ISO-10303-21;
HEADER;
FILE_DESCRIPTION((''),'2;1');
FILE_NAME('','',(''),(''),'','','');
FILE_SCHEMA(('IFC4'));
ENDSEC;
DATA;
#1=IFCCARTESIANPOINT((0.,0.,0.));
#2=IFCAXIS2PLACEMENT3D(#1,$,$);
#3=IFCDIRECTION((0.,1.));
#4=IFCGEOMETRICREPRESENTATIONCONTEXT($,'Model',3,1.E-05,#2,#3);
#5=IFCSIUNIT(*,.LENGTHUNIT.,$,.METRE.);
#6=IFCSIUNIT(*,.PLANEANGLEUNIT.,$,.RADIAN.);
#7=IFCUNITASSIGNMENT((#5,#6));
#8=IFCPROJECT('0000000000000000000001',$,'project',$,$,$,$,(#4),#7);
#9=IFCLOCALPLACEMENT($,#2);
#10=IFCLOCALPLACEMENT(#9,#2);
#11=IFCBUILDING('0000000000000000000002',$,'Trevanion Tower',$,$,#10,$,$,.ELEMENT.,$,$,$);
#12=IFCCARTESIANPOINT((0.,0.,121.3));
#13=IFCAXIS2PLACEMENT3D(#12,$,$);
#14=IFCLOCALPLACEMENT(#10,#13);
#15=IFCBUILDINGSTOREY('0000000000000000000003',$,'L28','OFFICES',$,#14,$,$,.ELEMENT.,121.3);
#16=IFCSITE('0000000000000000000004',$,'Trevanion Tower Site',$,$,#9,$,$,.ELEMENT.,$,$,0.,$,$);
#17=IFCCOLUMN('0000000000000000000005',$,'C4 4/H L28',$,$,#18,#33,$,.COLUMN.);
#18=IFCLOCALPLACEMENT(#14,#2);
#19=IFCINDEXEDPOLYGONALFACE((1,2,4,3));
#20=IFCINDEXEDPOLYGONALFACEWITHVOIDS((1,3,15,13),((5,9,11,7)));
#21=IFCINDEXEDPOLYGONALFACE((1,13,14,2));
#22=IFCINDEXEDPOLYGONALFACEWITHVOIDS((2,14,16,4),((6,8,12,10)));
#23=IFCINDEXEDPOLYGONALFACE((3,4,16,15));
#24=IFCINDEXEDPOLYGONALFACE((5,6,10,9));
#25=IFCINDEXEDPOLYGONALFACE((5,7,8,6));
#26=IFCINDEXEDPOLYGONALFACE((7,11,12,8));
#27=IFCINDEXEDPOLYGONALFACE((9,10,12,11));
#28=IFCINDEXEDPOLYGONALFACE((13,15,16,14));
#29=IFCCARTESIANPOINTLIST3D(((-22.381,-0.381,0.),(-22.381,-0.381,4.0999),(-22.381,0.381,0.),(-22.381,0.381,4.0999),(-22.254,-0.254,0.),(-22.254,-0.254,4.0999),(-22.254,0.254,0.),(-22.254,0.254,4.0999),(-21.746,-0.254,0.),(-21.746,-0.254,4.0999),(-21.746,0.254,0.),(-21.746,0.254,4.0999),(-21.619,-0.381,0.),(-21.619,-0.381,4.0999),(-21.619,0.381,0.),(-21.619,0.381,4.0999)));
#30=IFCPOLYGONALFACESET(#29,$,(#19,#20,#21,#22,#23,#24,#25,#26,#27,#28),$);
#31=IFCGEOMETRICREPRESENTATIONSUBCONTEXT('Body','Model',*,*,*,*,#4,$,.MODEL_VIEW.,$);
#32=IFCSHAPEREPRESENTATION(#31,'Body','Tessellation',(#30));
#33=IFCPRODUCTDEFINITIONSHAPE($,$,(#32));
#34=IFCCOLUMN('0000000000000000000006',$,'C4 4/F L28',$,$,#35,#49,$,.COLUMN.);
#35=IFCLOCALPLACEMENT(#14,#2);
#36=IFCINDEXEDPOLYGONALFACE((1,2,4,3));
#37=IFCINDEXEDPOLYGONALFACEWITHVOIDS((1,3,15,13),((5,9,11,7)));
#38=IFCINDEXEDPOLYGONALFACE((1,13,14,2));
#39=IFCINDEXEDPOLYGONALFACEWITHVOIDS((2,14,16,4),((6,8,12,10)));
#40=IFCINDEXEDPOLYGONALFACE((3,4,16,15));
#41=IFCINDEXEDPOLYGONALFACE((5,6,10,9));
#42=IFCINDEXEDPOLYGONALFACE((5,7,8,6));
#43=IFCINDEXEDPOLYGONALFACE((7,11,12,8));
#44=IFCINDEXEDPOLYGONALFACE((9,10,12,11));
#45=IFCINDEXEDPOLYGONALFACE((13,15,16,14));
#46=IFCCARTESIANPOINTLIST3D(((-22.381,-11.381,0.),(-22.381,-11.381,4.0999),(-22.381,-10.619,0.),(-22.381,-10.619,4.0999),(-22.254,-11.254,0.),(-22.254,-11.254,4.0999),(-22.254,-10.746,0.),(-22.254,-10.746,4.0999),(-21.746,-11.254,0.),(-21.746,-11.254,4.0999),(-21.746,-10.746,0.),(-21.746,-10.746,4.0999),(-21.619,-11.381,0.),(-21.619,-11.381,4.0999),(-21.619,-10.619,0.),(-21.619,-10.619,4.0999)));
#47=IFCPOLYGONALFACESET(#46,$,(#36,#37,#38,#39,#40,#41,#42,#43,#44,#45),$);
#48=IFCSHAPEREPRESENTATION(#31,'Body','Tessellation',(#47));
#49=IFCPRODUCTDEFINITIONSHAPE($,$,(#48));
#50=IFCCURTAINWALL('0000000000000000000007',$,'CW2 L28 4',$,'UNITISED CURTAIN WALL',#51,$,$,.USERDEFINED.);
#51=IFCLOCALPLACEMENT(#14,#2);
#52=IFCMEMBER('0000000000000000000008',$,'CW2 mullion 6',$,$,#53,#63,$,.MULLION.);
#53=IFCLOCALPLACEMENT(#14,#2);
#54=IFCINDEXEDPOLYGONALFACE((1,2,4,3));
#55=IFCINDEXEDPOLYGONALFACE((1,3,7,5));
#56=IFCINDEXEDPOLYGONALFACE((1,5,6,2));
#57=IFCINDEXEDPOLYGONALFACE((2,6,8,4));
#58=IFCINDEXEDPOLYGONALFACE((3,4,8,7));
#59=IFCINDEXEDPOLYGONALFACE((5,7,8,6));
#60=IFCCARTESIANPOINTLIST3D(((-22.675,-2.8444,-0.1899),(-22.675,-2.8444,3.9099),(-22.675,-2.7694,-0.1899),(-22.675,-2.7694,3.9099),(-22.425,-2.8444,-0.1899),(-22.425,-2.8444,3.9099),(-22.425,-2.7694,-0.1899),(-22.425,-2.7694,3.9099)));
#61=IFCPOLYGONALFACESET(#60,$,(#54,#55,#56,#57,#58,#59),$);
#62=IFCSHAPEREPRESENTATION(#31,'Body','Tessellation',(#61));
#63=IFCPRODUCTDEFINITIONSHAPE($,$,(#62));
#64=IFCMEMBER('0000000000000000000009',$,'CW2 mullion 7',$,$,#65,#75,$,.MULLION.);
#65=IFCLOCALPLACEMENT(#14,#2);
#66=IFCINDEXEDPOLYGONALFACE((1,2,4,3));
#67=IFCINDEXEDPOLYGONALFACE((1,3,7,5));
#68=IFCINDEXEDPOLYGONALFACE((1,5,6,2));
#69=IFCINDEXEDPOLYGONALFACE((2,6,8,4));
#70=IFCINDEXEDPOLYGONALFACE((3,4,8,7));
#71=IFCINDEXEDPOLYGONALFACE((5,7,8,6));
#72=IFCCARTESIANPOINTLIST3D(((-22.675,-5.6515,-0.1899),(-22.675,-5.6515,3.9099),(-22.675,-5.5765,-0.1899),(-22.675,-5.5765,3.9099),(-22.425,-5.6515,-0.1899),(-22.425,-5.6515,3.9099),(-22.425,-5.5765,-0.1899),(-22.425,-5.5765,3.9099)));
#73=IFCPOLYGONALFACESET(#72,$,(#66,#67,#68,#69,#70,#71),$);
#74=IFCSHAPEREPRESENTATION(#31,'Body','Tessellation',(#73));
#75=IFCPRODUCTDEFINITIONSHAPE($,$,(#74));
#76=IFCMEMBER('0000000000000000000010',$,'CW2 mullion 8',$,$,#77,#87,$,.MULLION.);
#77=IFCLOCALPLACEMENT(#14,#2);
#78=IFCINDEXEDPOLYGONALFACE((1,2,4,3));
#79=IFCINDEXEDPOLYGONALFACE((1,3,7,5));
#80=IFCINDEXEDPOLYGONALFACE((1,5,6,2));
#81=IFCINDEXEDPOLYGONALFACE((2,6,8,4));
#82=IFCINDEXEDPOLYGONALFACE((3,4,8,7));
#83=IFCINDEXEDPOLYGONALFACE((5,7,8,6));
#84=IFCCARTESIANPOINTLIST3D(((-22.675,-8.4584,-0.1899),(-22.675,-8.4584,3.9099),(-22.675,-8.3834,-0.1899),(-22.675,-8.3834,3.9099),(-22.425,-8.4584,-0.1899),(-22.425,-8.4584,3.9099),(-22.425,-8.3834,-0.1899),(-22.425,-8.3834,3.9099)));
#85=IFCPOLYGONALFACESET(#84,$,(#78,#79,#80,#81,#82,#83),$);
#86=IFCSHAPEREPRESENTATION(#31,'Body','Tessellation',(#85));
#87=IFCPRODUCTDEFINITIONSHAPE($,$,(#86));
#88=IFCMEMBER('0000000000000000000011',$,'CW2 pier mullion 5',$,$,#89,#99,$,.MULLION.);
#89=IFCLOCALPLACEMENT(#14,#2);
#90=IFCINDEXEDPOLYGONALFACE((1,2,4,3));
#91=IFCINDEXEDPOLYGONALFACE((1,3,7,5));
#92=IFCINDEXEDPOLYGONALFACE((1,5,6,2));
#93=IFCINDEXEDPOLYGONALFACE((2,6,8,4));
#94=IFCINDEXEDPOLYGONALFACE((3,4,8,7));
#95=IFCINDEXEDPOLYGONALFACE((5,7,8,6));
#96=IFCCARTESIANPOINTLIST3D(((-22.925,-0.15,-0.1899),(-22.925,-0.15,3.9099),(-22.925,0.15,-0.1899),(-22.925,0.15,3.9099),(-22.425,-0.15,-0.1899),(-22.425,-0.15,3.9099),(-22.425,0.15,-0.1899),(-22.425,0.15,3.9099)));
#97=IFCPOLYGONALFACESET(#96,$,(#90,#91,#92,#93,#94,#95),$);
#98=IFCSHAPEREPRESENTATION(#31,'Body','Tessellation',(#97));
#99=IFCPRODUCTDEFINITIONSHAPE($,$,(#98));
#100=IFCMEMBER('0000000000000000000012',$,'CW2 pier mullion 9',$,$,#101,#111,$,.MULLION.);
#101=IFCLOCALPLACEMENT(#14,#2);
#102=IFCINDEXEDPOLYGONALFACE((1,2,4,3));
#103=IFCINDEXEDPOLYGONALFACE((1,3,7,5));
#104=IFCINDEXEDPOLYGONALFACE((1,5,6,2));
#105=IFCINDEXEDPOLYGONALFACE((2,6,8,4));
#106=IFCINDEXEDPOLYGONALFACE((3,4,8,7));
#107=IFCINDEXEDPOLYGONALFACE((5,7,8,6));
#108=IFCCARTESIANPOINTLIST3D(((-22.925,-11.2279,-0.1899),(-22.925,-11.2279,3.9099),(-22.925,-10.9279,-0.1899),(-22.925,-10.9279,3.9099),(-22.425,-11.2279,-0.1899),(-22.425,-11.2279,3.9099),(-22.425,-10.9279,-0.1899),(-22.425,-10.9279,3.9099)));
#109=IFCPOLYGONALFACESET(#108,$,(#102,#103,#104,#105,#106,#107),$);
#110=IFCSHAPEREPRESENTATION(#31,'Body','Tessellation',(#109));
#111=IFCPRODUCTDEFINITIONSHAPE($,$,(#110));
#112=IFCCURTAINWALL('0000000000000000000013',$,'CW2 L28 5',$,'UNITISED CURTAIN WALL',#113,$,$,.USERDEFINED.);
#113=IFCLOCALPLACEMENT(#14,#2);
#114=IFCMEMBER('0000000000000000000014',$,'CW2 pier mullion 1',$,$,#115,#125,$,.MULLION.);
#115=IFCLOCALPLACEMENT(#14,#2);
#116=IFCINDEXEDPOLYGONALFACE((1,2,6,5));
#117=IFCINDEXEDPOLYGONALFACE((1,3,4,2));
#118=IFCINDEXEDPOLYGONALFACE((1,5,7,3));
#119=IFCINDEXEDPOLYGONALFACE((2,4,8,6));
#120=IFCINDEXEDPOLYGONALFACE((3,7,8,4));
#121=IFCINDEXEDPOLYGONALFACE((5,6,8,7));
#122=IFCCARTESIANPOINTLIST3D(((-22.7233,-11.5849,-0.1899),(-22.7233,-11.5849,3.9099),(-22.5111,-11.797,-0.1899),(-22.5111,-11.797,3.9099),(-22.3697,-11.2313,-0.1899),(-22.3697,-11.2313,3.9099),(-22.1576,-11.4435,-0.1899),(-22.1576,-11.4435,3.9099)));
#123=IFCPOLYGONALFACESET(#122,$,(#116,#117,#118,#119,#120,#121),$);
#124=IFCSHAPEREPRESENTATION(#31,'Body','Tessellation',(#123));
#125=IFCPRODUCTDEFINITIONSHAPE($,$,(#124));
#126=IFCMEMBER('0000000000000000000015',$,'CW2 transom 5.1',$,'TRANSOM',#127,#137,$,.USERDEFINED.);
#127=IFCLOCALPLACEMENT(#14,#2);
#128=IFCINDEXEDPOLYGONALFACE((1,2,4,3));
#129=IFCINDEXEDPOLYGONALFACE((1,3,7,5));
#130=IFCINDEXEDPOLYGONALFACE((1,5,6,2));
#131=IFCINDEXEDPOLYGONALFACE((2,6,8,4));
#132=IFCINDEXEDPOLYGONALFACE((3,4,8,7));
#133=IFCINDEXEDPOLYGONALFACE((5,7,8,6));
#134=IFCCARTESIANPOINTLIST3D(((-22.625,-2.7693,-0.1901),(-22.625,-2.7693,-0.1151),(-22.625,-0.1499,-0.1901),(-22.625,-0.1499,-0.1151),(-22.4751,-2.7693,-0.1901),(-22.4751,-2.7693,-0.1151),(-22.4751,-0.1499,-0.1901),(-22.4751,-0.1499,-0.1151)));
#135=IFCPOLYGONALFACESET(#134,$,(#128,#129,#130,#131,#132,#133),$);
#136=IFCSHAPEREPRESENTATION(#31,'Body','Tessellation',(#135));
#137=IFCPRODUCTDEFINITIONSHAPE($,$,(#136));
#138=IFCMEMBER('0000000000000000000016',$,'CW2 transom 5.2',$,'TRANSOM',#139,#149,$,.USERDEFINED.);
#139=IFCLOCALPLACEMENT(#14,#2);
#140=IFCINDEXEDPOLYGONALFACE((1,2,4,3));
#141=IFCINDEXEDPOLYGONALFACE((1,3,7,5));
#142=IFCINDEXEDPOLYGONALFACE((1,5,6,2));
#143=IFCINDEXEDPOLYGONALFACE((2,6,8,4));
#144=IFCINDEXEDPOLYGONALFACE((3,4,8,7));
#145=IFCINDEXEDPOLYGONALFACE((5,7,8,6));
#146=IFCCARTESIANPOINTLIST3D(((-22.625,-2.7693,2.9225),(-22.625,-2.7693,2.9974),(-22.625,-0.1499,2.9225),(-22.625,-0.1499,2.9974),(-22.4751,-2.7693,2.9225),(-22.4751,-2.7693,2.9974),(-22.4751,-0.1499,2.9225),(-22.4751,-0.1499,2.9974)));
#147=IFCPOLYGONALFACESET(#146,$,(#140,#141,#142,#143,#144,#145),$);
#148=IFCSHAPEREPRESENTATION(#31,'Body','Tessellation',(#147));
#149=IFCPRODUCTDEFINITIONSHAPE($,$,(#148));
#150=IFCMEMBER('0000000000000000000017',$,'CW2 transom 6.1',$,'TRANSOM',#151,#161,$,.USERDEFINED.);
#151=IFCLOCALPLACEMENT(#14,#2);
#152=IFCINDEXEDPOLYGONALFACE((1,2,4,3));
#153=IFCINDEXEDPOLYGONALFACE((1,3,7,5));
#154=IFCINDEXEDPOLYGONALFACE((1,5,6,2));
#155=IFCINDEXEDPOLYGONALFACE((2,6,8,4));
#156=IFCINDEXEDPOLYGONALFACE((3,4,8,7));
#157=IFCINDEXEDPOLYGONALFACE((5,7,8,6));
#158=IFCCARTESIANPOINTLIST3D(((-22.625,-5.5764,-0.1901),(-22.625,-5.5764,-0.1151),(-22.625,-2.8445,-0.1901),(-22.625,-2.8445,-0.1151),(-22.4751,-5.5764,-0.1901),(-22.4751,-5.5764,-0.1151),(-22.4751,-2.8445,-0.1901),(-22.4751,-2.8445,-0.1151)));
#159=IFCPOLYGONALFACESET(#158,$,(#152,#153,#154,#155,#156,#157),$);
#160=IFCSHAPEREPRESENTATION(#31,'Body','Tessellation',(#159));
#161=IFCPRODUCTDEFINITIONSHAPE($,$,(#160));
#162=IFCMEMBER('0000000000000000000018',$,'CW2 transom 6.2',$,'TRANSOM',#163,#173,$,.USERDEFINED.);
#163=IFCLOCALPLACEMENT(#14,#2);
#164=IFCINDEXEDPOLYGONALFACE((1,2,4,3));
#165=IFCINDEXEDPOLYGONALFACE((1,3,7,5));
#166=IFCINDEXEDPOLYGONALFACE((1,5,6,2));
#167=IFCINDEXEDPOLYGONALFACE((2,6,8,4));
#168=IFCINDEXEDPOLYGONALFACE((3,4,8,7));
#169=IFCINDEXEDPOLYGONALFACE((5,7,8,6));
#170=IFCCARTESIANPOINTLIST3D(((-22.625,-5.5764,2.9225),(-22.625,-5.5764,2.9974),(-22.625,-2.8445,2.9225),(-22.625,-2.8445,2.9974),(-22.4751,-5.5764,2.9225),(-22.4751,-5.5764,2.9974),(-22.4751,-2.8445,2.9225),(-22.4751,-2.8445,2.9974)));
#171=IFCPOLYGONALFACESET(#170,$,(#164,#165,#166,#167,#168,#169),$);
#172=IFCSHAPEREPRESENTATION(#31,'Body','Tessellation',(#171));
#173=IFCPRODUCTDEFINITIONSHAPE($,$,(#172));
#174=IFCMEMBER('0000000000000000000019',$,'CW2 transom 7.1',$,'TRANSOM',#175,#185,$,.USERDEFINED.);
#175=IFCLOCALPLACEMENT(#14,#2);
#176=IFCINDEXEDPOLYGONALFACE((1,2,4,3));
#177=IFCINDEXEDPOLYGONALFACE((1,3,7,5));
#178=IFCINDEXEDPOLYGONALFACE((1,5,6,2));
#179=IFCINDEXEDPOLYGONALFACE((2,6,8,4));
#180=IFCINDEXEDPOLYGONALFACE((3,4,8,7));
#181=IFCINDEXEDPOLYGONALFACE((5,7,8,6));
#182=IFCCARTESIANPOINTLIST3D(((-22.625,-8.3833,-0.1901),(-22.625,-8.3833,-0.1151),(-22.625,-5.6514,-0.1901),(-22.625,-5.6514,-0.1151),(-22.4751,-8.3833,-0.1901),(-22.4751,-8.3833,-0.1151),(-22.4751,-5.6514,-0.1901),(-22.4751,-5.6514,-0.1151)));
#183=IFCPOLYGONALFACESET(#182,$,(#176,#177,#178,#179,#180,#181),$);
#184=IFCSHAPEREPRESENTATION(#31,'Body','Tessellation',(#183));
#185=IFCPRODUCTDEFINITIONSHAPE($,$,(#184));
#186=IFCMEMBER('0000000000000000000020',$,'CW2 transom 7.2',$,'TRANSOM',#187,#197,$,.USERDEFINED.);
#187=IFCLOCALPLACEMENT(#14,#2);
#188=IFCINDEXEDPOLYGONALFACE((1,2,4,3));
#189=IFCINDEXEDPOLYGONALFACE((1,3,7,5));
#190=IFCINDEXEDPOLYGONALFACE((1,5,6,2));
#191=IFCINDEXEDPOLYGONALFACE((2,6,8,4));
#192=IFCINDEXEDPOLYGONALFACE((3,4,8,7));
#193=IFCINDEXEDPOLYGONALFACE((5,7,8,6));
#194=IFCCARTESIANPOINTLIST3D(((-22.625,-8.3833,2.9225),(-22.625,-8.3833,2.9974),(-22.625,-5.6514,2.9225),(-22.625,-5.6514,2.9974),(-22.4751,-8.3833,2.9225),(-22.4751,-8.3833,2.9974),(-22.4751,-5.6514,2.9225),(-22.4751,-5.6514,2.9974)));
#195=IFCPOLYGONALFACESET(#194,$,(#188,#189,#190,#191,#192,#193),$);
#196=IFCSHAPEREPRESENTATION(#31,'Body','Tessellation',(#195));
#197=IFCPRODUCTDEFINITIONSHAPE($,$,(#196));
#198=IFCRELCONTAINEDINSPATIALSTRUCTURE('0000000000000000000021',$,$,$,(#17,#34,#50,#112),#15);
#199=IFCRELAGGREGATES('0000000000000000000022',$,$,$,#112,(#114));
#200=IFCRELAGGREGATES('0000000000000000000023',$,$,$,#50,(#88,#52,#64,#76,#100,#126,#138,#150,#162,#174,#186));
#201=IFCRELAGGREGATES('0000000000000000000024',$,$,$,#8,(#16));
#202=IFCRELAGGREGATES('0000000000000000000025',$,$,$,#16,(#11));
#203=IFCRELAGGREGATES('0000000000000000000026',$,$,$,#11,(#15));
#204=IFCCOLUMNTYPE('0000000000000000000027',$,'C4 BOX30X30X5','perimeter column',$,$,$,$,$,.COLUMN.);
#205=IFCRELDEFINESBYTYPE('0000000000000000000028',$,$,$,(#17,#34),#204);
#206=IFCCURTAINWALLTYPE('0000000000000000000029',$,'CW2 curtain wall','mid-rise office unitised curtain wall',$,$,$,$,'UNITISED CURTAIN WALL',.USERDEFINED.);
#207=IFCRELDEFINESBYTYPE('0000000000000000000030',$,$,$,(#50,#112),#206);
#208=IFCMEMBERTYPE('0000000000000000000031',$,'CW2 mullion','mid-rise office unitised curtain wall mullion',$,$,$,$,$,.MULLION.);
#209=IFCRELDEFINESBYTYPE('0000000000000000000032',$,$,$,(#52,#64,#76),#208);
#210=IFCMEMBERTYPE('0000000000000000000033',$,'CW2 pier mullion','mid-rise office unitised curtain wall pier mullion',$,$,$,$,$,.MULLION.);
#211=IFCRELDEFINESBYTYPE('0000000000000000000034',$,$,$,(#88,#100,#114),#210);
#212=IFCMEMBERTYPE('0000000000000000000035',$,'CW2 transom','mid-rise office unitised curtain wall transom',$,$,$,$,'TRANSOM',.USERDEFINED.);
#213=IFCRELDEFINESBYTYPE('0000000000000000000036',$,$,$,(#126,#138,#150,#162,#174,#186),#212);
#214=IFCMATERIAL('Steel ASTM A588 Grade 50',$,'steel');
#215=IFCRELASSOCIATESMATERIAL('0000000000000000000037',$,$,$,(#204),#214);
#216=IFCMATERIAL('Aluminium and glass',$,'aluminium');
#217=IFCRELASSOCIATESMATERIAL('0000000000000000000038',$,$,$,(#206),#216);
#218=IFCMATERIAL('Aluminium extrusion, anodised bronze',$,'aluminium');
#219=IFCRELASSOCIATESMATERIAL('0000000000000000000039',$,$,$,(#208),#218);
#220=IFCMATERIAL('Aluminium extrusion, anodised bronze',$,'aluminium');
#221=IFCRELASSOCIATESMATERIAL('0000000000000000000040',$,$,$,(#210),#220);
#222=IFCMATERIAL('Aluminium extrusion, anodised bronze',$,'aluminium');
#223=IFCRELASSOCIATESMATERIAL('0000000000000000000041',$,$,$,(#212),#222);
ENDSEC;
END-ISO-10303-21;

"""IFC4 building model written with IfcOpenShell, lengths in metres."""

from ifc_helpers import new_model, si_unit, direction, frame, origin, origin_2d, place, context, subcontext, project, spatial, rectangle, hollow_rectangle, extrude, material, material_profile, profile_set, type_object, element, aggregate, save


model = new_model("IFC4")

# Units and contexts
model_context = context("Model", 3, precision=1e-05, world=origin(), true_north=direction((0.0, 1.0)))
body_context = subcontext(model_context, "Body", "Model", "MODEL_VIEW")
ifc_project = project(units=[si_unit("LENGTHUNIT", "METRE"), si_unit("PLANEANGLEUNIT", "RADIAN")], contexts=[model_context])

# Site, building, storey
site_placement = place(None, origin())
site = spatial("IfcSite", under=ifc_project, at=site_placement, Name="Trevanion Tower Site", CompositionType="ELEMENT", RefElevation=0.0)
building_placement = place(site_placement, origin())
building = spatial("IfcBuilding", under=site, at=building_placement, Name="Trevanion Tower", CompositionType="ELEMENT")
storey_placement = place(building_placement, frame((0.0, 0.0, 121.3)))
storey = spatial("IfcBuildingStorey", under=building, at=storey_placement, Name="L28", Description="OFFICES", CompositionType="ELEMENT", Elevation=121.3)

# Columns
ifc_material_1 = material(Name="Steel ASTM A588 Grade 50", Category="steel")
ifc_material_profile_1 = material_profile(ifc_material_1, hollow_rectangle(XDim=0.762, YDim=0.762, WallThickness=0.127, at=origin_2d()), Name="BOX30X30X5")
ifc_profile_set_1 = profile_set([ifc_material_profile_1], Name="Steel ASTM A588 Grade 50")
column_type = type_object("IfcColumnType", Name="C4 BOX30X30X5", Description="perimeter column", PredefinedType="COLUMN", material=ifc_profile_set_1)
for number, where, z_axis, x_axis, name in (
    (1, (-22.0, 0.0, 0.0), (0.0, 0.0, 1.0), (0.0, 1.0, 0.0), "C4 4/H L28"),
    (2, (-22.0, -11.0, 0.0), (0.0, 0.0, 1.0), (0.0, 1.0, 0.0), "C4 4/F L28"),
):
    element("IfcColumn", number, at=place(storey_placement, frame(where, z_axis=z_axis, x_axis=x_axis)), inside=storey, type_object=column_type, Name=name, PredefinedType="COLUMN", context=body_context, shape_type="SweptSolid", body=[
        extrude(hollow_rectangle(XDim=0.762, YDim=0.762, WallThickness=0.127, at=origin_2d()), origin(), (0.0, 0.0, 1.0), 4.0999),
    ])

# Curtain wall, members
ifc_material_2 = material(Name="Aluminium and glass", Category="aluminium")
curtain_wall_type = type_object("IfcCurtainWallType", Name="CW2 curtain wall", Description="mid-rise office unitised curtain wall", ElementType="UNITISED CURTAIN WALL", PredefinedType="USERDEFINED", material=ifc_material_2)
curtain_wall_1_placement = place(storey_placement, origin())
curtain_wall_1 = element("IfcCurtainWall", 3, at=curtain_wall_1_placement, inside=storey, type_object=curtain_wall_type, Name="CW2 L28 4", ObjectType="UNITISED CURTAIN WALL", PredefinedType="USERDEFINED")
ifc_material_3 = material(Name="Aluminium extrusion, anodised bronze", Category="aluminium")
ifc_material_profile_2 = material_profile(ifc_material_3, rectangle(XDim=0.075, YDim=0.25, at=origin_2d()), Name="CW2 mullion")
ifc_profile_set_2 = profile_set([ifc_material_profile_2], Name="Aluminium extrusion, anodised bronze")
member_type_1 = type_object("IfcMemberType", Name="CW2 mullion", Description="mid-rise office unitised curtain wall mullion", PredefinedType="MULLION", material=ifc_profile_set_2)
member_1_placement = place(storey_placement, frame((-22.55, -2.8069, -0.1899), z_axis=(0.0, 0.0, 1.0), x_axis=(0.0, -1.0, 0.0)))
member_1 = element("IfcMember", 4, at=member_1_placement, type_object=member_type_1, Name="CW2 mullion 6", PredefinedType="MULLION", context=body_context, shape_type="SweptSolid", body=[
    extrude(rectangle(XDim=0.075, YDim=0.25, at=origin_2d()), origin(), (0.0, 0.0, 1.0), 4.0999),
])
member_2_placement = place(storey_placement, frame((-22.55, -5.614, -0.1899), z_axis=(0.0, 0.0, 1.0), x_axis=(0.0, -1.0, 0.0)))
member_2 = element("IfcMember", 5, at=member_2_placement, type_object=member_type_1, Name="CW2 mullion 7", PredefinedType="MULLION", context=body_context, shape_type="SweptSolid", body=[
    extrude(rectangle(XDim=0.075, YDim=0.25, at=origin_2d()), origin(), (0.0, 0.0, 1.0), 4.0999),
])
member_3_placement = place(storey_placement, frame((-22.55, -8.4209, -0.1899), z_axis=(0.0, 0.0, 1.0), x_axis=(0.0, -1.0, 0.0)))
member_3 = element("IfcMember", 6, at=member_3_placement, type_object=member_type_1, Name="CW2 mullion 8", PredefinedType="MULLION", context=body_context, shape_type="SweptSolid", body=[
    extrude(rectangle(XDim=0.075, YDim=0.25, at=origin_2d()), origin(), (0.0, 0.0, 1.0), 4.0999),
])
ifc_material_4 = material(Name="Aluminium extrusion, anodised bronze", Category="aluminium")
ifc_material_profile_3 = material_profile(ifc_material_4, rectangle(XDim=0.3, YDim=0.5, at=origin_2d()), Name="CW2 pier mullion")
ifc_profile_set_3 = profile_set([ifc_material_profile_3], Name="Aluminium extrusion, anodised bronze")
member_type_2 = type_object("IfcMemberType", Name="CW2 pier mullion", Description="mid-rise office unitised curtain wall pier mullion", PredefinedType="MULLION", material=ifc_profile_set_3)
member_4_placement = place(storey_placement, frame((-22.675, 0.0, -0.1899), z_axis=(0.0, 0.0, 1.0), x_axis=(0.0, -1.0, 0.0)))
member_4 = element("IfcMember", 7, at=member_4_placement, type_object=member_type_2, Name="CW2 pier mullion 5", PredefinedType="MULLION", context=body_context, shape_type="SweptSolid", body=[
    extrude(rectangle(XDim=0.3, YDim=0.5, at=origin_2d()), origin(), (0.0, 0.0, 1.0), 4.0999),
])
member_5_placement = place(storey_placement, frame((-22.675, -11.0779, -0.1899), z_axis=(0.0, 0.0, 1.0), x_axis=(0.0, -1.0, 0.0)))
member_5 = element("IfcMember", 8, at=member_5_placement, type_object=member_type_2, Name="CW2 pier mullion 9", PredefinedType="MULLION", context=body_context, shape_type="SweptSolid", body=[
    extrude(rectangle(XDim=0.3, YDim=0.5, at=origin_2d()), origin(), (0.0, 0.0, 1.0), 4.0999),
])

# Curtain wall, member
curtain_wall_2_placement = place(storey_placement, origin())
curtain_wall_2 = element("IfcCurtainWall", 9, at=curtain_wall_2_placement, inside=storey, type_object=curtain_wall_type, Name="CW2 L28 5", ObjectType="UNITISED CURTAIN WALL", PredefinedType="USERDEFINED")
member_6_placement = place(storey_placement, frame((-22.4404, -11.5142, -0.1899), z_axis=(0.0, 0.0, 1.0), x_axis=(0.707107, -0.707107, 0.0)))
member_6 = element("IfcMember", 10, at=member_6_placement, type_object=member_type_2, Name="CW2 pier mullion 1", PredefinedType="MULLION", context=body_context, shape_type="SweptSolid", body=[
    extrude(rectangle(XDim=0.3, YDim=0.5, at=origin_2d()), origin(), (0.0, 0.0, 1.0), 4.0999),
])

# Members
ifc_material_5 = material(Name="Aluminium extrusion, anodised bronze", Category="aluminium")
ifc_material_profile_4 = material_profile(ifc_material_5, rectangle(XDim=0.1499, YDim=0.075, at=origin_2d()), Name="CW2 transom")
ifc_profile_set_4 = profile_set([ifc_material_profile_4], Name="Aluminium extrusion, anodised bronze")
member_type_3 = type_object("IfcMemberType", Name="CW2 transom", Description="mid-rise office unitised curtain wall transom", ElementType="TRANSOM", PredefinedType="USERDEFINED", material=ifc_profile_set_4)
member_7_placement = place(storey_placement, frame((-22.55, -0.1499, -0.1526), z_axis=(0.0, -1.0, 0.0), x_axis=(1.0, 0.0, 0.0)))
member_7 = element("IfcMember", 11, at=member_7_placement, type_object=member_type_3, Name="CW2 transom 5.1", ObjectType="TRANSOM", PredefinedType="USERDEFINED", context=body_context, shape_type="SweptSolid", body=[
    extrude(rectangle(XDim=0.1499, YDim=0.075, at=origin_2d()), origin(), (0.0, 0.0, 1.0), 2.6194),
])
member_8_placement = place(storey_placement, frame((-22.55, -0.1499, 2.96), z_axis=(0.0, -1.0, 0.0), x_axis=(1.0, 0.0, 0.0)))
member_8 = element("IfcMember", 12, at=member_8_placement, type_object=member_type_3, Name="CW2 transom 5.2", ObjectType="TRANSOM", PredefinedType="USERDEFINED", context=body_context, shape_type="SweptSolid", body=[
    extrude(rectangle(XDim=0.1499, YDim=0.075, at=origin_2d()), origin(), (0.0, 0.0, 1.0), 2.6194),
])
member_9_placement = place(storey_placement, frame((-22.55, -2.8445, -0.1526), z_axis=(0.0, -1.0, 0.0), x_axis=(1.0, 0.0, 0.0)))
member_9 = element("IfcMember", 13, at=member_9_placement, type_object=member_type_3, Name="CW2 transom 6.1", ObjectType="TRANSOM", PredefinedType="USERDEFINED", context=body_context, shape_type="SweptSolid", body=[
    extrude(rectangle(XDim=0.1499, YDim=0.075, at=origin_2d()), origin(), (0.0, 0.0, 1.0), 2.7319),
])
member_10_placement = place(storey_placement, frame((-22.55, -2.8445, 2.96), z_axis=(0.0, -1.0, 0.0), x_axis=(1.0, 0.0, 0.0)))
member_10 = element("IfcMember", 14, at=member_10_placement, type_object=member_type_3, Name="CW2 transom 6.2", ObjectType="TRANSOM", PredefinedType="USERDEFINED", context=body_context, shape_type="SweptSolid", body=[
    extrude(rectangle(XDim=0.1499, YDim=0.075, at=origin_2d()), origin(), (0.0, 0.0, 1.0), 2.7319),
])
member_11_placement = place(storey_placement, frame((-22.55, -5.6514, -0.1526), z_axis=(0.0, -1.0, 0.0), x_axis=(1.0, 0.0, 0.0)))
member_11 = element("IfcMember", 15, at=member_11_placement, type_object=member_type_3, Name="CW2 transom 7.1", ObjectType="TRANSOM", PredefinedType="USERDEFINED", context=body_context, shape_type="SweptSolid", body=[
    extrude(rectangle(XDim=0.1499, YDim=0.075, at=origin_2d()), origin(), (0.0, 0.0, 1.0), 2.7319),
])
member_12_placement = place(storey_placement, frame((-22.55, -5.6514, 2.96), z_axis=(0.0, -1.0, 0.0), x_axis=(1.0, 0.0, 0.0)))
member_12 = element("IfcMember", 16, at=member_12_placement, type_object=member_type_3, Name="CW2 transom 7.2", ObjectType="TRANSOM", PredefinedType="USERDEFINED", context=body_context, shape_type="SweptSolid", body=[
    extrude(rectangle(XDim=0.1499, YDim=0.075, at=origin_2d()), origin(), (0.0, 0.0, 1.0), 2.7319),
])
aggregate(curtain_wall_2, [member_6])

aggregate(curtain_wall_1, [member_4, member_1, member_2, member_3, member_5, member_7, member_8, member_9, member_10, member_11, member_12])

save(model, "model.ifc")
